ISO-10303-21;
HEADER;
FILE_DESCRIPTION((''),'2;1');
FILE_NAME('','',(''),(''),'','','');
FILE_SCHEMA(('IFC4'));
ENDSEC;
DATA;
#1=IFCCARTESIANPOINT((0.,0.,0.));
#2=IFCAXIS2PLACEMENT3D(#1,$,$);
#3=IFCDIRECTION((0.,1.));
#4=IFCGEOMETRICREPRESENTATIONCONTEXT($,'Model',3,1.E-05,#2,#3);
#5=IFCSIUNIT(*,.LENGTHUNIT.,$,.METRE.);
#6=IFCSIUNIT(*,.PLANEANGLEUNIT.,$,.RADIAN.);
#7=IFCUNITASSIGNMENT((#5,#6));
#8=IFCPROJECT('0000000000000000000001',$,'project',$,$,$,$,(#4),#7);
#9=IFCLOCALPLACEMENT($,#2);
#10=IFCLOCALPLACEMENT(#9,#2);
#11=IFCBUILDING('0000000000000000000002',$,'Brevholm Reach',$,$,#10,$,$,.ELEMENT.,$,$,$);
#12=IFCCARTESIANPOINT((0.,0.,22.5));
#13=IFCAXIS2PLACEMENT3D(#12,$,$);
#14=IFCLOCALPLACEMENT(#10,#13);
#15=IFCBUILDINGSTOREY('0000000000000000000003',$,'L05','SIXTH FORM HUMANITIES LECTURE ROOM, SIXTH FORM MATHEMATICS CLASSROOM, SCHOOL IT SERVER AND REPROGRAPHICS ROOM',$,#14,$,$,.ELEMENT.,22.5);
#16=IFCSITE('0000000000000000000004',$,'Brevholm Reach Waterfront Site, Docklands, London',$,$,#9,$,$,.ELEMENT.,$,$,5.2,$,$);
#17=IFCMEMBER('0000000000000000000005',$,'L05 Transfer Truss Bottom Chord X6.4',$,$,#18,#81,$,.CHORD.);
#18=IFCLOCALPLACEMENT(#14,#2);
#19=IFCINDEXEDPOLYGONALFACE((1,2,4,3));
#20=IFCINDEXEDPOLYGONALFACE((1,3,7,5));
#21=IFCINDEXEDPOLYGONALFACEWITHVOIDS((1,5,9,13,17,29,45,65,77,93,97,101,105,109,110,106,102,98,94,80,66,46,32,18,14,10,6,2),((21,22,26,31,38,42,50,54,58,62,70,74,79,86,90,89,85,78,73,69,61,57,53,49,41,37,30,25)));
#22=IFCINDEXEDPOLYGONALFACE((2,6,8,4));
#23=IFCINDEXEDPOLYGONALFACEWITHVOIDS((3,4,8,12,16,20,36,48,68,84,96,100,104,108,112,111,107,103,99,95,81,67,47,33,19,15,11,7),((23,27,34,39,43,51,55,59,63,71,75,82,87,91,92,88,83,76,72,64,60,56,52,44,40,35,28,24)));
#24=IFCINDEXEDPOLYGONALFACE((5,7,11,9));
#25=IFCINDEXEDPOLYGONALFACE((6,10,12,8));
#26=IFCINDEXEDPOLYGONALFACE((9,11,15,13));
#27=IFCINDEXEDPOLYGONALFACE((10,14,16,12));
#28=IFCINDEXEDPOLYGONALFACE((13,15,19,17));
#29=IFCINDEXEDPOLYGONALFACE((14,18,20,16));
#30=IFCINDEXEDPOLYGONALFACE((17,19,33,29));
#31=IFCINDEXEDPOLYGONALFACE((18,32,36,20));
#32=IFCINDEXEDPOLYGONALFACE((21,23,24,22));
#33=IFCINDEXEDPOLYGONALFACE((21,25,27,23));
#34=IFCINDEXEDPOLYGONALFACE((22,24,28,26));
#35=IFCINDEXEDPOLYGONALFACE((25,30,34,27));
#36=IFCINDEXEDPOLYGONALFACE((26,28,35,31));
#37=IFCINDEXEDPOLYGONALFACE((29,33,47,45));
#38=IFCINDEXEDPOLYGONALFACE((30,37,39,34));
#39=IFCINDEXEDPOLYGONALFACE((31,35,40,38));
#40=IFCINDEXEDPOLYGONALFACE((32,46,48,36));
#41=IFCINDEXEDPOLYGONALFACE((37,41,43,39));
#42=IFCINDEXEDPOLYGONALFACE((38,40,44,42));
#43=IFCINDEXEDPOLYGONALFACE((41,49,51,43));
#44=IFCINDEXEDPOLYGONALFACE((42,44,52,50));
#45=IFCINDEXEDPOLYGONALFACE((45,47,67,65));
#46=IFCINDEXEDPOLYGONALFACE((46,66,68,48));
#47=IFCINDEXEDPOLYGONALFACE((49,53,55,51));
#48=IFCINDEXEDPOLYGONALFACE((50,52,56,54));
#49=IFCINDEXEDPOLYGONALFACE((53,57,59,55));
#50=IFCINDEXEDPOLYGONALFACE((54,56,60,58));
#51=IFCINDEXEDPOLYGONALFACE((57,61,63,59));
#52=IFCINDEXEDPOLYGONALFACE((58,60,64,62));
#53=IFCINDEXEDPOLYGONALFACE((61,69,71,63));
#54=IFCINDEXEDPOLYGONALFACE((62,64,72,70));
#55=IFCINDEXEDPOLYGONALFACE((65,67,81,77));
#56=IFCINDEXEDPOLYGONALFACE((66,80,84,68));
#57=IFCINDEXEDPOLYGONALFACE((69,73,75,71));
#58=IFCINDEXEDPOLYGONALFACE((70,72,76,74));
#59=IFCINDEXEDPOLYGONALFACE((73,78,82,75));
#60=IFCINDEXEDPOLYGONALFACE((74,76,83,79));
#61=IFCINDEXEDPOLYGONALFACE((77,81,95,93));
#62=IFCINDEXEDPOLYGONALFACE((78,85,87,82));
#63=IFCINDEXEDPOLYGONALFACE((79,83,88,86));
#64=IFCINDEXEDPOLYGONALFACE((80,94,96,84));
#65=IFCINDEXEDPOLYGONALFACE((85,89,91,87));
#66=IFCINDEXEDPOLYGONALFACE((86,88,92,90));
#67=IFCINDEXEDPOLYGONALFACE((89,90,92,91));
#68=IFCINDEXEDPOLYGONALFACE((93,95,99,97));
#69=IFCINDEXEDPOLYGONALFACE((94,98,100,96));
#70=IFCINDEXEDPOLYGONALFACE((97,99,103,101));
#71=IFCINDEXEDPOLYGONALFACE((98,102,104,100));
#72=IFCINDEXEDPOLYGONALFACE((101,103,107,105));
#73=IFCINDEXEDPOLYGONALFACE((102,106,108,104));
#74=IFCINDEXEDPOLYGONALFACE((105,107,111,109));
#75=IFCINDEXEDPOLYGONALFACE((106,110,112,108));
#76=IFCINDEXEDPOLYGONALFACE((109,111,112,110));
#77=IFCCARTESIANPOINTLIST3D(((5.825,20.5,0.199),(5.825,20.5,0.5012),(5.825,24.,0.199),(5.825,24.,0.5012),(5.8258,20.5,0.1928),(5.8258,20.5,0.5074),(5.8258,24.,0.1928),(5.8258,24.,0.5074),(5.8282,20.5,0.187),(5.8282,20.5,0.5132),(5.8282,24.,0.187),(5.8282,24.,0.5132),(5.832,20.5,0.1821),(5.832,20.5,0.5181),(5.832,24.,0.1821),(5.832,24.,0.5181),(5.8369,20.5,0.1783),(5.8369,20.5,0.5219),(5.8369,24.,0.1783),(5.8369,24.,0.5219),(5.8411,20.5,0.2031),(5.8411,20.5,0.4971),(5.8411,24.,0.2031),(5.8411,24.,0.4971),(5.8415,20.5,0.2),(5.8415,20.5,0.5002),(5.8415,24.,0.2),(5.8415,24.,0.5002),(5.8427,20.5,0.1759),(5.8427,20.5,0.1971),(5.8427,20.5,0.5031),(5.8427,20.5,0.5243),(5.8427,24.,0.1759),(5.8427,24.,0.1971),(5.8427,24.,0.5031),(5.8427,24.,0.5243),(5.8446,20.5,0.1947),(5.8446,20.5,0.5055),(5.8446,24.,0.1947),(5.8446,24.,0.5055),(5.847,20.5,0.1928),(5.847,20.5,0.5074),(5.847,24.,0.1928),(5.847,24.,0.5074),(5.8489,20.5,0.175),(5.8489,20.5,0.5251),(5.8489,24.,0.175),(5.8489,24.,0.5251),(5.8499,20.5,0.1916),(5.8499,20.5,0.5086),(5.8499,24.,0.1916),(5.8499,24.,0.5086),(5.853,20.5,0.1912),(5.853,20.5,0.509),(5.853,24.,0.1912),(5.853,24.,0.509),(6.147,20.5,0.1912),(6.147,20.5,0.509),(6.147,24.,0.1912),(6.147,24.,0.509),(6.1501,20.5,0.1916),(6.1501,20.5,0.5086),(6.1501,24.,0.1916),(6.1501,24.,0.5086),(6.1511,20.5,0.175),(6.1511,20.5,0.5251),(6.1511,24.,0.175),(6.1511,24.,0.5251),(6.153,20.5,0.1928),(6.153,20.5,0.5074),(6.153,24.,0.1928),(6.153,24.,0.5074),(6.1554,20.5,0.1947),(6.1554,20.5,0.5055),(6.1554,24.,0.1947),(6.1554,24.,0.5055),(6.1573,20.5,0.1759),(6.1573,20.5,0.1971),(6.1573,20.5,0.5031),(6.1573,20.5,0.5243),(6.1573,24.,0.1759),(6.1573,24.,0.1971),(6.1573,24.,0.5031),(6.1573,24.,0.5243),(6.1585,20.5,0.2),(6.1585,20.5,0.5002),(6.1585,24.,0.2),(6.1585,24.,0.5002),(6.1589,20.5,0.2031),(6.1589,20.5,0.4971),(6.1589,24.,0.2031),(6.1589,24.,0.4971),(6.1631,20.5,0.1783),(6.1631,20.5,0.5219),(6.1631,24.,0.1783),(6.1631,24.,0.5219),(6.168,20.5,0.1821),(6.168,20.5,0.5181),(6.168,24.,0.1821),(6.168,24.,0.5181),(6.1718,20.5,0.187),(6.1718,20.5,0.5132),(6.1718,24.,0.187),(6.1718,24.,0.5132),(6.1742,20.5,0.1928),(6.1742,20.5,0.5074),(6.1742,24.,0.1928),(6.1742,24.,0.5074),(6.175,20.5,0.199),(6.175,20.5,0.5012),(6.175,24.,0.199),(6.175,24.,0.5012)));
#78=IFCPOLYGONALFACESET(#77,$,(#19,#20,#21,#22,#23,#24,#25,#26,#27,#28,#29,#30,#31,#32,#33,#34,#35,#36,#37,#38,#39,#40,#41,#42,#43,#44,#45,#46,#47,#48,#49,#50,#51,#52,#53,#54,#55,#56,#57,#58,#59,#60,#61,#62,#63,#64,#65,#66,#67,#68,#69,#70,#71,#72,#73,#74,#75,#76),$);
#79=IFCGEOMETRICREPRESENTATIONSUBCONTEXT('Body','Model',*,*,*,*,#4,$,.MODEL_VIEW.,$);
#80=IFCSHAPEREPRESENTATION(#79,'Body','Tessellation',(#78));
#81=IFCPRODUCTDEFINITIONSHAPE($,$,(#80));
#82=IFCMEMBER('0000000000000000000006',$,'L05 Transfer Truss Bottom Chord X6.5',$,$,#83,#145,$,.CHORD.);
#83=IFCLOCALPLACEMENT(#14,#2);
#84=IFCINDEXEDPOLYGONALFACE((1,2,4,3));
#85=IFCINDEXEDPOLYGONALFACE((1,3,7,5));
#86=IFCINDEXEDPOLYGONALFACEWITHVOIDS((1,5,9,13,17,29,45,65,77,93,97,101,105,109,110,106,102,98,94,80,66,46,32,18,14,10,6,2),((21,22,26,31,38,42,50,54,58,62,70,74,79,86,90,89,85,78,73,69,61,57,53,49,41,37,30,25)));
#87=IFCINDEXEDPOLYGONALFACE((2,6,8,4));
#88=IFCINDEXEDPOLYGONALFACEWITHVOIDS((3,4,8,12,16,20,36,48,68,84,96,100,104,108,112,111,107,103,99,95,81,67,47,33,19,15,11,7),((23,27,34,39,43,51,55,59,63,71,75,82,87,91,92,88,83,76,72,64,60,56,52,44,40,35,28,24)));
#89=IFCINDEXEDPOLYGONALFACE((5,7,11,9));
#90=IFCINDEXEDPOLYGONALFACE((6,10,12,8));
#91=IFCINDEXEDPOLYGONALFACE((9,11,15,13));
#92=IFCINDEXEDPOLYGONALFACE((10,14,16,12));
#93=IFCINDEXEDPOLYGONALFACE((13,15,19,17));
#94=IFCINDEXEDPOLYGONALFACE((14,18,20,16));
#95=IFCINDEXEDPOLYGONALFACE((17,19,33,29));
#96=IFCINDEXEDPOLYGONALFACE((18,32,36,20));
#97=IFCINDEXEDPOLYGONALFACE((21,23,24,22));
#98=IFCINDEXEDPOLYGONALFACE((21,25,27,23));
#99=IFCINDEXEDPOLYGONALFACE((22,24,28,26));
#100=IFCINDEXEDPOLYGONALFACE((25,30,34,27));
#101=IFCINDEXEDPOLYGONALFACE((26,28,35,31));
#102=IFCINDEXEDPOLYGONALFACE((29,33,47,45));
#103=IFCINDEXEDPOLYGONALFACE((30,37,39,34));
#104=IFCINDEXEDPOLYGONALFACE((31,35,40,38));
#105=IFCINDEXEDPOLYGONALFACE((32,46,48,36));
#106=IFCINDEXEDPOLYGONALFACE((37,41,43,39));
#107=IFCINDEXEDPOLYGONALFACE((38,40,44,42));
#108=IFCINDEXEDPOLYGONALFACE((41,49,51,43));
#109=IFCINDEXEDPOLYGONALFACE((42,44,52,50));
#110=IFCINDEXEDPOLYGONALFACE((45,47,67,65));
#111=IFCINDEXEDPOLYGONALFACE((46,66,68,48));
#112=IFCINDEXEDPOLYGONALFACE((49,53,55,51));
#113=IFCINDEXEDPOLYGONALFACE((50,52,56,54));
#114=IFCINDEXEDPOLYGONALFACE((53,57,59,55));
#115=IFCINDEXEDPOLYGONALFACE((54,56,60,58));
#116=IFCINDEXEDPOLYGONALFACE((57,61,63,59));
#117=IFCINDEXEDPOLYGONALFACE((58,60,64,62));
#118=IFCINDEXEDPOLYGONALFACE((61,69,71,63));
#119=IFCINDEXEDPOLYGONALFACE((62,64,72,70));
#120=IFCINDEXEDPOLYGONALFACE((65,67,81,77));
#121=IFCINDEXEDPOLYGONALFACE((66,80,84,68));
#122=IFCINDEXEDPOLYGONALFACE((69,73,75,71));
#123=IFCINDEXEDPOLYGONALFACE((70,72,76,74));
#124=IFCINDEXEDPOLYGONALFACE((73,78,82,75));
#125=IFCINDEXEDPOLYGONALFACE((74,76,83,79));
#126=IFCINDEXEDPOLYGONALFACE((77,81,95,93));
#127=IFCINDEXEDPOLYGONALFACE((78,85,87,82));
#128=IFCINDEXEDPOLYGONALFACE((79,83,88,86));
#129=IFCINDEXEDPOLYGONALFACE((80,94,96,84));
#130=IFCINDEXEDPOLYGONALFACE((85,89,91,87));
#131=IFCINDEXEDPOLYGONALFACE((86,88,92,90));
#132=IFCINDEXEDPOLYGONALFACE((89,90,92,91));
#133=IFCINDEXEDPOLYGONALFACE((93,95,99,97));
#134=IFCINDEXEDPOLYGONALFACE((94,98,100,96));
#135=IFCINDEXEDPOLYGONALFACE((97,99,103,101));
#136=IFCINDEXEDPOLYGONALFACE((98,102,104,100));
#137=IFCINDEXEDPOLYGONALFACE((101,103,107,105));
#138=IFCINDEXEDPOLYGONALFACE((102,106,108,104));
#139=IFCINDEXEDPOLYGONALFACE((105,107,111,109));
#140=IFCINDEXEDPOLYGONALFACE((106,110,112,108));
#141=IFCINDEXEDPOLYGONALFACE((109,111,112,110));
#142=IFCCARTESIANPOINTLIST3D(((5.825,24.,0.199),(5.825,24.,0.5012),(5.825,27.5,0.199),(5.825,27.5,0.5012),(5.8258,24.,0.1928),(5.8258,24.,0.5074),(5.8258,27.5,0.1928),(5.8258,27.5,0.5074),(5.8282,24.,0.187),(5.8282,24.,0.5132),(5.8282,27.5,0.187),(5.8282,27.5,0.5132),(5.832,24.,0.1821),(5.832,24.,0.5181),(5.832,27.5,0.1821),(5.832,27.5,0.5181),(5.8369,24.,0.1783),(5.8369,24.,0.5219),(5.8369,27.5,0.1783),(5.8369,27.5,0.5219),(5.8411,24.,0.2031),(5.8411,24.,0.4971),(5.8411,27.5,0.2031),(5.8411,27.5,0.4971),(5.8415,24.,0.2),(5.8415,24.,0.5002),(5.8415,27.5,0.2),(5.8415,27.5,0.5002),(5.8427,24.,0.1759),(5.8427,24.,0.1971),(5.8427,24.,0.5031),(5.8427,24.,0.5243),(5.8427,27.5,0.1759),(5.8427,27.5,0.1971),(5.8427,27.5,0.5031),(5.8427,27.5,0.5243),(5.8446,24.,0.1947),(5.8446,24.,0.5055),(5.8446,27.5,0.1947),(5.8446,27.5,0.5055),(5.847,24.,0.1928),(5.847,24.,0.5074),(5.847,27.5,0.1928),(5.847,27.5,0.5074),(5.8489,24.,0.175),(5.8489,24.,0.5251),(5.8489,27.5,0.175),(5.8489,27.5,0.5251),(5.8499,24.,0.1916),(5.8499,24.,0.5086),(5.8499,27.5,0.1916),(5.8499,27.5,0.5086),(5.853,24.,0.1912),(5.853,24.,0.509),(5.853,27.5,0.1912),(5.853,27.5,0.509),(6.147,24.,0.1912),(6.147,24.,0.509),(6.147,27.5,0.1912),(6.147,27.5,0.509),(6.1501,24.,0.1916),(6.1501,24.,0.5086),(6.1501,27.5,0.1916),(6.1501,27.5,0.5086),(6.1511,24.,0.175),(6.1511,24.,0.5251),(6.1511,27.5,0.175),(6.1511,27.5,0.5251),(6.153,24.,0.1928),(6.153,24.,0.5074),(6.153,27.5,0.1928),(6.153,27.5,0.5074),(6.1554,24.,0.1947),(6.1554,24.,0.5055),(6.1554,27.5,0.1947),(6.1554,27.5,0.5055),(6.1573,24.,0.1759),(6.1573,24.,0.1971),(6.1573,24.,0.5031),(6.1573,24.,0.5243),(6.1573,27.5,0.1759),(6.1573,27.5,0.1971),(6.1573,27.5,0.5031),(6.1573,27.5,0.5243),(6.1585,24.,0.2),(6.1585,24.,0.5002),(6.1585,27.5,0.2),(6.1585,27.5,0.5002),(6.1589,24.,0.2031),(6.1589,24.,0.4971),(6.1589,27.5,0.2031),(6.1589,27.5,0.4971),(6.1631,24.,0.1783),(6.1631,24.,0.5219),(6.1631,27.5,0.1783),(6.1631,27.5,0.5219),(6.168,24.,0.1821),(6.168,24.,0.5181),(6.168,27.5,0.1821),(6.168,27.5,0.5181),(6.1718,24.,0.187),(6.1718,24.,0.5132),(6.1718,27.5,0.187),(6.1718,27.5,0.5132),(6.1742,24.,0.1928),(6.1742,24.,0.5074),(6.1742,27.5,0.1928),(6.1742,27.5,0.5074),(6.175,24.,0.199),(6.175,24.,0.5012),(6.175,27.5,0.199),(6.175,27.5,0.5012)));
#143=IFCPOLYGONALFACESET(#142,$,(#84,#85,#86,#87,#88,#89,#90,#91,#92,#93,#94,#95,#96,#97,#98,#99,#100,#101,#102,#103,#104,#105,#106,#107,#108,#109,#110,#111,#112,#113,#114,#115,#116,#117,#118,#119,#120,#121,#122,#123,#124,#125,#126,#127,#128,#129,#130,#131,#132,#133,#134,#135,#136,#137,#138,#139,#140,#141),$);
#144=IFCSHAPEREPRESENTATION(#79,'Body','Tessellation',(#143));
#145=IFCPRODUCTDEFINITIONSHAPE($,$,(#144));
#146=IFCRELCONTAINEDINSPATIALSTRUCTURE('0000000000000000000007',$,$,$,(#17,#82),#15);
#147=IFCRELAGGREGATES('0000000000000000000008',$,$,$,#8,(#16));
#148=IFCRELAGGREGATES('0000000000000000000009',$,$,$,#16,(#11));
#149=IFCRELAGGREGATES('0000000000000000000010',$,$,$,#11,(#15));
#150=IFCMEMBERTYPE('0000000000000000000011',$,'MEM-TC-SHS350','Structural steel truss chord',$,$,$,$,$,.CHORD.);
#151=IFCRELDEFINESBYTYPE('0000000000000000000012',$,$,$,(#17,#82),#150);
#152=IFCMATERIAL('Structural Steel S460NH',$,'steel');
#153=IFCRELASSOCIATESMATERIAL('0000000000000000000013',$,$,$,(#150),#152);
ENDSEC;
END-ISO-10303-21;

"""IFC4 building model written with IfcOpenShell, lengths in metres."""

from ifc_helpers import new_model, si_unit, direction, frame, origin, origin_2d, place, context, subcontext, project, spatial, hollow_rectangle, extrude, material, material_profile, profile_set, type_object, element, save


model = new_model("IFC4")

# Units and contexts
model_context = context("Model", 3, precision=1e-05, world=origin(), true_north=direction((0.0, 1.0)))
body_context = subcontext(model_context, "Body", "Model", "MODEL_VIEW")
ifc_project = project(units=[si_unit("LENGTHUNIT", "METRE"), si_unit("PLANEANGLEUNIT", "RADIAN")], contexts=[model_context])

# Site, building, storey
site_placement = place(None, origin())
site = spatial("IfcSite", under=ifc_project, at=site_placement, Name="Brevholm Reach Waterfront Site, Docklands, London", CompositionType="ELEMENT", RefElevation=5.2)
building_placement = place(site_placement, origin())
building = spatial("IfcBuilding", under=site, at=building_placement, Name="Brevholm Reach", CompositionType="ELEMENT")
storey_placement = place(building_placement, frame((0.0, 0.0, 22.5)))
storey = spatial("IfcBuildingStorey", under=building, at=storey_placement, Name="L05", Description="SIXTH FORM HUMANITIES LECTURE ROOM, SIXTH FORM MATHEMATICS CLASSROOM, SCHOOL IT SERVER AND REPROGRAPHICS ROOM", CompositionType="ELEMENT", Elevation=22.5)

# Members
ifc_material_1 = material(Name="Structural Steel S460NH", Category="steel")
ifc_material_profile_1 = material_profile(ifc_material_1, hollow_rectangle(XDim=0.3501, YDim=0.3501, WallThickness=0.0161, InnerFilletRadius=0.012, OuterFilletRadius=0.0239, at=origin_2d()), Name="SHS 350x350x16")
ifc_profile_set_1 = profile_set([ifc_material_profile_1], Name="Structural Steel S460NH")
member_type_1 = type_object("IfcMemberType", Name="MEM-TC-SHS350", Description="Structural steel truss chord", PredefinedType="CHORD", material=ifc_profile_set_1)
for number, where, z_axis, x_axis, name in (
    (1, (6.0, 20.5, 0.3501), (0.0, 1.0, 0.0), (-1.0, 0.0, 0.0), "L05 Transfer Truss Bottom Chord X6.4"),
    (2, (6.0, 24.0, 0.3501), (0.0, 1.0, 0.0), (-1.0, 0.0, 0.0), "L05 Transfer Truss Bottom Chord X6.5"),
):
    element("IfcMember", number, at=place(storey_placement, frame(where, z_axis=z_axis, x_axis=x_axis)), inside=storey, type_object=member_type_1, Name=name, PredefinedType="CHORD", context=body_context, shape_type="SweptSolid", body=[
        extrude(hollow_rectangle(XDim=0.3501, YDim=0.3501, WallThickness=0.0161, InnerFilletRadius=0.012, OuterFilletRadius=0.0239, at=origin_2d()), origin(), (0.0, 0.0, 1.0), 3.5),
    ])

save(model, "model.ifc")
